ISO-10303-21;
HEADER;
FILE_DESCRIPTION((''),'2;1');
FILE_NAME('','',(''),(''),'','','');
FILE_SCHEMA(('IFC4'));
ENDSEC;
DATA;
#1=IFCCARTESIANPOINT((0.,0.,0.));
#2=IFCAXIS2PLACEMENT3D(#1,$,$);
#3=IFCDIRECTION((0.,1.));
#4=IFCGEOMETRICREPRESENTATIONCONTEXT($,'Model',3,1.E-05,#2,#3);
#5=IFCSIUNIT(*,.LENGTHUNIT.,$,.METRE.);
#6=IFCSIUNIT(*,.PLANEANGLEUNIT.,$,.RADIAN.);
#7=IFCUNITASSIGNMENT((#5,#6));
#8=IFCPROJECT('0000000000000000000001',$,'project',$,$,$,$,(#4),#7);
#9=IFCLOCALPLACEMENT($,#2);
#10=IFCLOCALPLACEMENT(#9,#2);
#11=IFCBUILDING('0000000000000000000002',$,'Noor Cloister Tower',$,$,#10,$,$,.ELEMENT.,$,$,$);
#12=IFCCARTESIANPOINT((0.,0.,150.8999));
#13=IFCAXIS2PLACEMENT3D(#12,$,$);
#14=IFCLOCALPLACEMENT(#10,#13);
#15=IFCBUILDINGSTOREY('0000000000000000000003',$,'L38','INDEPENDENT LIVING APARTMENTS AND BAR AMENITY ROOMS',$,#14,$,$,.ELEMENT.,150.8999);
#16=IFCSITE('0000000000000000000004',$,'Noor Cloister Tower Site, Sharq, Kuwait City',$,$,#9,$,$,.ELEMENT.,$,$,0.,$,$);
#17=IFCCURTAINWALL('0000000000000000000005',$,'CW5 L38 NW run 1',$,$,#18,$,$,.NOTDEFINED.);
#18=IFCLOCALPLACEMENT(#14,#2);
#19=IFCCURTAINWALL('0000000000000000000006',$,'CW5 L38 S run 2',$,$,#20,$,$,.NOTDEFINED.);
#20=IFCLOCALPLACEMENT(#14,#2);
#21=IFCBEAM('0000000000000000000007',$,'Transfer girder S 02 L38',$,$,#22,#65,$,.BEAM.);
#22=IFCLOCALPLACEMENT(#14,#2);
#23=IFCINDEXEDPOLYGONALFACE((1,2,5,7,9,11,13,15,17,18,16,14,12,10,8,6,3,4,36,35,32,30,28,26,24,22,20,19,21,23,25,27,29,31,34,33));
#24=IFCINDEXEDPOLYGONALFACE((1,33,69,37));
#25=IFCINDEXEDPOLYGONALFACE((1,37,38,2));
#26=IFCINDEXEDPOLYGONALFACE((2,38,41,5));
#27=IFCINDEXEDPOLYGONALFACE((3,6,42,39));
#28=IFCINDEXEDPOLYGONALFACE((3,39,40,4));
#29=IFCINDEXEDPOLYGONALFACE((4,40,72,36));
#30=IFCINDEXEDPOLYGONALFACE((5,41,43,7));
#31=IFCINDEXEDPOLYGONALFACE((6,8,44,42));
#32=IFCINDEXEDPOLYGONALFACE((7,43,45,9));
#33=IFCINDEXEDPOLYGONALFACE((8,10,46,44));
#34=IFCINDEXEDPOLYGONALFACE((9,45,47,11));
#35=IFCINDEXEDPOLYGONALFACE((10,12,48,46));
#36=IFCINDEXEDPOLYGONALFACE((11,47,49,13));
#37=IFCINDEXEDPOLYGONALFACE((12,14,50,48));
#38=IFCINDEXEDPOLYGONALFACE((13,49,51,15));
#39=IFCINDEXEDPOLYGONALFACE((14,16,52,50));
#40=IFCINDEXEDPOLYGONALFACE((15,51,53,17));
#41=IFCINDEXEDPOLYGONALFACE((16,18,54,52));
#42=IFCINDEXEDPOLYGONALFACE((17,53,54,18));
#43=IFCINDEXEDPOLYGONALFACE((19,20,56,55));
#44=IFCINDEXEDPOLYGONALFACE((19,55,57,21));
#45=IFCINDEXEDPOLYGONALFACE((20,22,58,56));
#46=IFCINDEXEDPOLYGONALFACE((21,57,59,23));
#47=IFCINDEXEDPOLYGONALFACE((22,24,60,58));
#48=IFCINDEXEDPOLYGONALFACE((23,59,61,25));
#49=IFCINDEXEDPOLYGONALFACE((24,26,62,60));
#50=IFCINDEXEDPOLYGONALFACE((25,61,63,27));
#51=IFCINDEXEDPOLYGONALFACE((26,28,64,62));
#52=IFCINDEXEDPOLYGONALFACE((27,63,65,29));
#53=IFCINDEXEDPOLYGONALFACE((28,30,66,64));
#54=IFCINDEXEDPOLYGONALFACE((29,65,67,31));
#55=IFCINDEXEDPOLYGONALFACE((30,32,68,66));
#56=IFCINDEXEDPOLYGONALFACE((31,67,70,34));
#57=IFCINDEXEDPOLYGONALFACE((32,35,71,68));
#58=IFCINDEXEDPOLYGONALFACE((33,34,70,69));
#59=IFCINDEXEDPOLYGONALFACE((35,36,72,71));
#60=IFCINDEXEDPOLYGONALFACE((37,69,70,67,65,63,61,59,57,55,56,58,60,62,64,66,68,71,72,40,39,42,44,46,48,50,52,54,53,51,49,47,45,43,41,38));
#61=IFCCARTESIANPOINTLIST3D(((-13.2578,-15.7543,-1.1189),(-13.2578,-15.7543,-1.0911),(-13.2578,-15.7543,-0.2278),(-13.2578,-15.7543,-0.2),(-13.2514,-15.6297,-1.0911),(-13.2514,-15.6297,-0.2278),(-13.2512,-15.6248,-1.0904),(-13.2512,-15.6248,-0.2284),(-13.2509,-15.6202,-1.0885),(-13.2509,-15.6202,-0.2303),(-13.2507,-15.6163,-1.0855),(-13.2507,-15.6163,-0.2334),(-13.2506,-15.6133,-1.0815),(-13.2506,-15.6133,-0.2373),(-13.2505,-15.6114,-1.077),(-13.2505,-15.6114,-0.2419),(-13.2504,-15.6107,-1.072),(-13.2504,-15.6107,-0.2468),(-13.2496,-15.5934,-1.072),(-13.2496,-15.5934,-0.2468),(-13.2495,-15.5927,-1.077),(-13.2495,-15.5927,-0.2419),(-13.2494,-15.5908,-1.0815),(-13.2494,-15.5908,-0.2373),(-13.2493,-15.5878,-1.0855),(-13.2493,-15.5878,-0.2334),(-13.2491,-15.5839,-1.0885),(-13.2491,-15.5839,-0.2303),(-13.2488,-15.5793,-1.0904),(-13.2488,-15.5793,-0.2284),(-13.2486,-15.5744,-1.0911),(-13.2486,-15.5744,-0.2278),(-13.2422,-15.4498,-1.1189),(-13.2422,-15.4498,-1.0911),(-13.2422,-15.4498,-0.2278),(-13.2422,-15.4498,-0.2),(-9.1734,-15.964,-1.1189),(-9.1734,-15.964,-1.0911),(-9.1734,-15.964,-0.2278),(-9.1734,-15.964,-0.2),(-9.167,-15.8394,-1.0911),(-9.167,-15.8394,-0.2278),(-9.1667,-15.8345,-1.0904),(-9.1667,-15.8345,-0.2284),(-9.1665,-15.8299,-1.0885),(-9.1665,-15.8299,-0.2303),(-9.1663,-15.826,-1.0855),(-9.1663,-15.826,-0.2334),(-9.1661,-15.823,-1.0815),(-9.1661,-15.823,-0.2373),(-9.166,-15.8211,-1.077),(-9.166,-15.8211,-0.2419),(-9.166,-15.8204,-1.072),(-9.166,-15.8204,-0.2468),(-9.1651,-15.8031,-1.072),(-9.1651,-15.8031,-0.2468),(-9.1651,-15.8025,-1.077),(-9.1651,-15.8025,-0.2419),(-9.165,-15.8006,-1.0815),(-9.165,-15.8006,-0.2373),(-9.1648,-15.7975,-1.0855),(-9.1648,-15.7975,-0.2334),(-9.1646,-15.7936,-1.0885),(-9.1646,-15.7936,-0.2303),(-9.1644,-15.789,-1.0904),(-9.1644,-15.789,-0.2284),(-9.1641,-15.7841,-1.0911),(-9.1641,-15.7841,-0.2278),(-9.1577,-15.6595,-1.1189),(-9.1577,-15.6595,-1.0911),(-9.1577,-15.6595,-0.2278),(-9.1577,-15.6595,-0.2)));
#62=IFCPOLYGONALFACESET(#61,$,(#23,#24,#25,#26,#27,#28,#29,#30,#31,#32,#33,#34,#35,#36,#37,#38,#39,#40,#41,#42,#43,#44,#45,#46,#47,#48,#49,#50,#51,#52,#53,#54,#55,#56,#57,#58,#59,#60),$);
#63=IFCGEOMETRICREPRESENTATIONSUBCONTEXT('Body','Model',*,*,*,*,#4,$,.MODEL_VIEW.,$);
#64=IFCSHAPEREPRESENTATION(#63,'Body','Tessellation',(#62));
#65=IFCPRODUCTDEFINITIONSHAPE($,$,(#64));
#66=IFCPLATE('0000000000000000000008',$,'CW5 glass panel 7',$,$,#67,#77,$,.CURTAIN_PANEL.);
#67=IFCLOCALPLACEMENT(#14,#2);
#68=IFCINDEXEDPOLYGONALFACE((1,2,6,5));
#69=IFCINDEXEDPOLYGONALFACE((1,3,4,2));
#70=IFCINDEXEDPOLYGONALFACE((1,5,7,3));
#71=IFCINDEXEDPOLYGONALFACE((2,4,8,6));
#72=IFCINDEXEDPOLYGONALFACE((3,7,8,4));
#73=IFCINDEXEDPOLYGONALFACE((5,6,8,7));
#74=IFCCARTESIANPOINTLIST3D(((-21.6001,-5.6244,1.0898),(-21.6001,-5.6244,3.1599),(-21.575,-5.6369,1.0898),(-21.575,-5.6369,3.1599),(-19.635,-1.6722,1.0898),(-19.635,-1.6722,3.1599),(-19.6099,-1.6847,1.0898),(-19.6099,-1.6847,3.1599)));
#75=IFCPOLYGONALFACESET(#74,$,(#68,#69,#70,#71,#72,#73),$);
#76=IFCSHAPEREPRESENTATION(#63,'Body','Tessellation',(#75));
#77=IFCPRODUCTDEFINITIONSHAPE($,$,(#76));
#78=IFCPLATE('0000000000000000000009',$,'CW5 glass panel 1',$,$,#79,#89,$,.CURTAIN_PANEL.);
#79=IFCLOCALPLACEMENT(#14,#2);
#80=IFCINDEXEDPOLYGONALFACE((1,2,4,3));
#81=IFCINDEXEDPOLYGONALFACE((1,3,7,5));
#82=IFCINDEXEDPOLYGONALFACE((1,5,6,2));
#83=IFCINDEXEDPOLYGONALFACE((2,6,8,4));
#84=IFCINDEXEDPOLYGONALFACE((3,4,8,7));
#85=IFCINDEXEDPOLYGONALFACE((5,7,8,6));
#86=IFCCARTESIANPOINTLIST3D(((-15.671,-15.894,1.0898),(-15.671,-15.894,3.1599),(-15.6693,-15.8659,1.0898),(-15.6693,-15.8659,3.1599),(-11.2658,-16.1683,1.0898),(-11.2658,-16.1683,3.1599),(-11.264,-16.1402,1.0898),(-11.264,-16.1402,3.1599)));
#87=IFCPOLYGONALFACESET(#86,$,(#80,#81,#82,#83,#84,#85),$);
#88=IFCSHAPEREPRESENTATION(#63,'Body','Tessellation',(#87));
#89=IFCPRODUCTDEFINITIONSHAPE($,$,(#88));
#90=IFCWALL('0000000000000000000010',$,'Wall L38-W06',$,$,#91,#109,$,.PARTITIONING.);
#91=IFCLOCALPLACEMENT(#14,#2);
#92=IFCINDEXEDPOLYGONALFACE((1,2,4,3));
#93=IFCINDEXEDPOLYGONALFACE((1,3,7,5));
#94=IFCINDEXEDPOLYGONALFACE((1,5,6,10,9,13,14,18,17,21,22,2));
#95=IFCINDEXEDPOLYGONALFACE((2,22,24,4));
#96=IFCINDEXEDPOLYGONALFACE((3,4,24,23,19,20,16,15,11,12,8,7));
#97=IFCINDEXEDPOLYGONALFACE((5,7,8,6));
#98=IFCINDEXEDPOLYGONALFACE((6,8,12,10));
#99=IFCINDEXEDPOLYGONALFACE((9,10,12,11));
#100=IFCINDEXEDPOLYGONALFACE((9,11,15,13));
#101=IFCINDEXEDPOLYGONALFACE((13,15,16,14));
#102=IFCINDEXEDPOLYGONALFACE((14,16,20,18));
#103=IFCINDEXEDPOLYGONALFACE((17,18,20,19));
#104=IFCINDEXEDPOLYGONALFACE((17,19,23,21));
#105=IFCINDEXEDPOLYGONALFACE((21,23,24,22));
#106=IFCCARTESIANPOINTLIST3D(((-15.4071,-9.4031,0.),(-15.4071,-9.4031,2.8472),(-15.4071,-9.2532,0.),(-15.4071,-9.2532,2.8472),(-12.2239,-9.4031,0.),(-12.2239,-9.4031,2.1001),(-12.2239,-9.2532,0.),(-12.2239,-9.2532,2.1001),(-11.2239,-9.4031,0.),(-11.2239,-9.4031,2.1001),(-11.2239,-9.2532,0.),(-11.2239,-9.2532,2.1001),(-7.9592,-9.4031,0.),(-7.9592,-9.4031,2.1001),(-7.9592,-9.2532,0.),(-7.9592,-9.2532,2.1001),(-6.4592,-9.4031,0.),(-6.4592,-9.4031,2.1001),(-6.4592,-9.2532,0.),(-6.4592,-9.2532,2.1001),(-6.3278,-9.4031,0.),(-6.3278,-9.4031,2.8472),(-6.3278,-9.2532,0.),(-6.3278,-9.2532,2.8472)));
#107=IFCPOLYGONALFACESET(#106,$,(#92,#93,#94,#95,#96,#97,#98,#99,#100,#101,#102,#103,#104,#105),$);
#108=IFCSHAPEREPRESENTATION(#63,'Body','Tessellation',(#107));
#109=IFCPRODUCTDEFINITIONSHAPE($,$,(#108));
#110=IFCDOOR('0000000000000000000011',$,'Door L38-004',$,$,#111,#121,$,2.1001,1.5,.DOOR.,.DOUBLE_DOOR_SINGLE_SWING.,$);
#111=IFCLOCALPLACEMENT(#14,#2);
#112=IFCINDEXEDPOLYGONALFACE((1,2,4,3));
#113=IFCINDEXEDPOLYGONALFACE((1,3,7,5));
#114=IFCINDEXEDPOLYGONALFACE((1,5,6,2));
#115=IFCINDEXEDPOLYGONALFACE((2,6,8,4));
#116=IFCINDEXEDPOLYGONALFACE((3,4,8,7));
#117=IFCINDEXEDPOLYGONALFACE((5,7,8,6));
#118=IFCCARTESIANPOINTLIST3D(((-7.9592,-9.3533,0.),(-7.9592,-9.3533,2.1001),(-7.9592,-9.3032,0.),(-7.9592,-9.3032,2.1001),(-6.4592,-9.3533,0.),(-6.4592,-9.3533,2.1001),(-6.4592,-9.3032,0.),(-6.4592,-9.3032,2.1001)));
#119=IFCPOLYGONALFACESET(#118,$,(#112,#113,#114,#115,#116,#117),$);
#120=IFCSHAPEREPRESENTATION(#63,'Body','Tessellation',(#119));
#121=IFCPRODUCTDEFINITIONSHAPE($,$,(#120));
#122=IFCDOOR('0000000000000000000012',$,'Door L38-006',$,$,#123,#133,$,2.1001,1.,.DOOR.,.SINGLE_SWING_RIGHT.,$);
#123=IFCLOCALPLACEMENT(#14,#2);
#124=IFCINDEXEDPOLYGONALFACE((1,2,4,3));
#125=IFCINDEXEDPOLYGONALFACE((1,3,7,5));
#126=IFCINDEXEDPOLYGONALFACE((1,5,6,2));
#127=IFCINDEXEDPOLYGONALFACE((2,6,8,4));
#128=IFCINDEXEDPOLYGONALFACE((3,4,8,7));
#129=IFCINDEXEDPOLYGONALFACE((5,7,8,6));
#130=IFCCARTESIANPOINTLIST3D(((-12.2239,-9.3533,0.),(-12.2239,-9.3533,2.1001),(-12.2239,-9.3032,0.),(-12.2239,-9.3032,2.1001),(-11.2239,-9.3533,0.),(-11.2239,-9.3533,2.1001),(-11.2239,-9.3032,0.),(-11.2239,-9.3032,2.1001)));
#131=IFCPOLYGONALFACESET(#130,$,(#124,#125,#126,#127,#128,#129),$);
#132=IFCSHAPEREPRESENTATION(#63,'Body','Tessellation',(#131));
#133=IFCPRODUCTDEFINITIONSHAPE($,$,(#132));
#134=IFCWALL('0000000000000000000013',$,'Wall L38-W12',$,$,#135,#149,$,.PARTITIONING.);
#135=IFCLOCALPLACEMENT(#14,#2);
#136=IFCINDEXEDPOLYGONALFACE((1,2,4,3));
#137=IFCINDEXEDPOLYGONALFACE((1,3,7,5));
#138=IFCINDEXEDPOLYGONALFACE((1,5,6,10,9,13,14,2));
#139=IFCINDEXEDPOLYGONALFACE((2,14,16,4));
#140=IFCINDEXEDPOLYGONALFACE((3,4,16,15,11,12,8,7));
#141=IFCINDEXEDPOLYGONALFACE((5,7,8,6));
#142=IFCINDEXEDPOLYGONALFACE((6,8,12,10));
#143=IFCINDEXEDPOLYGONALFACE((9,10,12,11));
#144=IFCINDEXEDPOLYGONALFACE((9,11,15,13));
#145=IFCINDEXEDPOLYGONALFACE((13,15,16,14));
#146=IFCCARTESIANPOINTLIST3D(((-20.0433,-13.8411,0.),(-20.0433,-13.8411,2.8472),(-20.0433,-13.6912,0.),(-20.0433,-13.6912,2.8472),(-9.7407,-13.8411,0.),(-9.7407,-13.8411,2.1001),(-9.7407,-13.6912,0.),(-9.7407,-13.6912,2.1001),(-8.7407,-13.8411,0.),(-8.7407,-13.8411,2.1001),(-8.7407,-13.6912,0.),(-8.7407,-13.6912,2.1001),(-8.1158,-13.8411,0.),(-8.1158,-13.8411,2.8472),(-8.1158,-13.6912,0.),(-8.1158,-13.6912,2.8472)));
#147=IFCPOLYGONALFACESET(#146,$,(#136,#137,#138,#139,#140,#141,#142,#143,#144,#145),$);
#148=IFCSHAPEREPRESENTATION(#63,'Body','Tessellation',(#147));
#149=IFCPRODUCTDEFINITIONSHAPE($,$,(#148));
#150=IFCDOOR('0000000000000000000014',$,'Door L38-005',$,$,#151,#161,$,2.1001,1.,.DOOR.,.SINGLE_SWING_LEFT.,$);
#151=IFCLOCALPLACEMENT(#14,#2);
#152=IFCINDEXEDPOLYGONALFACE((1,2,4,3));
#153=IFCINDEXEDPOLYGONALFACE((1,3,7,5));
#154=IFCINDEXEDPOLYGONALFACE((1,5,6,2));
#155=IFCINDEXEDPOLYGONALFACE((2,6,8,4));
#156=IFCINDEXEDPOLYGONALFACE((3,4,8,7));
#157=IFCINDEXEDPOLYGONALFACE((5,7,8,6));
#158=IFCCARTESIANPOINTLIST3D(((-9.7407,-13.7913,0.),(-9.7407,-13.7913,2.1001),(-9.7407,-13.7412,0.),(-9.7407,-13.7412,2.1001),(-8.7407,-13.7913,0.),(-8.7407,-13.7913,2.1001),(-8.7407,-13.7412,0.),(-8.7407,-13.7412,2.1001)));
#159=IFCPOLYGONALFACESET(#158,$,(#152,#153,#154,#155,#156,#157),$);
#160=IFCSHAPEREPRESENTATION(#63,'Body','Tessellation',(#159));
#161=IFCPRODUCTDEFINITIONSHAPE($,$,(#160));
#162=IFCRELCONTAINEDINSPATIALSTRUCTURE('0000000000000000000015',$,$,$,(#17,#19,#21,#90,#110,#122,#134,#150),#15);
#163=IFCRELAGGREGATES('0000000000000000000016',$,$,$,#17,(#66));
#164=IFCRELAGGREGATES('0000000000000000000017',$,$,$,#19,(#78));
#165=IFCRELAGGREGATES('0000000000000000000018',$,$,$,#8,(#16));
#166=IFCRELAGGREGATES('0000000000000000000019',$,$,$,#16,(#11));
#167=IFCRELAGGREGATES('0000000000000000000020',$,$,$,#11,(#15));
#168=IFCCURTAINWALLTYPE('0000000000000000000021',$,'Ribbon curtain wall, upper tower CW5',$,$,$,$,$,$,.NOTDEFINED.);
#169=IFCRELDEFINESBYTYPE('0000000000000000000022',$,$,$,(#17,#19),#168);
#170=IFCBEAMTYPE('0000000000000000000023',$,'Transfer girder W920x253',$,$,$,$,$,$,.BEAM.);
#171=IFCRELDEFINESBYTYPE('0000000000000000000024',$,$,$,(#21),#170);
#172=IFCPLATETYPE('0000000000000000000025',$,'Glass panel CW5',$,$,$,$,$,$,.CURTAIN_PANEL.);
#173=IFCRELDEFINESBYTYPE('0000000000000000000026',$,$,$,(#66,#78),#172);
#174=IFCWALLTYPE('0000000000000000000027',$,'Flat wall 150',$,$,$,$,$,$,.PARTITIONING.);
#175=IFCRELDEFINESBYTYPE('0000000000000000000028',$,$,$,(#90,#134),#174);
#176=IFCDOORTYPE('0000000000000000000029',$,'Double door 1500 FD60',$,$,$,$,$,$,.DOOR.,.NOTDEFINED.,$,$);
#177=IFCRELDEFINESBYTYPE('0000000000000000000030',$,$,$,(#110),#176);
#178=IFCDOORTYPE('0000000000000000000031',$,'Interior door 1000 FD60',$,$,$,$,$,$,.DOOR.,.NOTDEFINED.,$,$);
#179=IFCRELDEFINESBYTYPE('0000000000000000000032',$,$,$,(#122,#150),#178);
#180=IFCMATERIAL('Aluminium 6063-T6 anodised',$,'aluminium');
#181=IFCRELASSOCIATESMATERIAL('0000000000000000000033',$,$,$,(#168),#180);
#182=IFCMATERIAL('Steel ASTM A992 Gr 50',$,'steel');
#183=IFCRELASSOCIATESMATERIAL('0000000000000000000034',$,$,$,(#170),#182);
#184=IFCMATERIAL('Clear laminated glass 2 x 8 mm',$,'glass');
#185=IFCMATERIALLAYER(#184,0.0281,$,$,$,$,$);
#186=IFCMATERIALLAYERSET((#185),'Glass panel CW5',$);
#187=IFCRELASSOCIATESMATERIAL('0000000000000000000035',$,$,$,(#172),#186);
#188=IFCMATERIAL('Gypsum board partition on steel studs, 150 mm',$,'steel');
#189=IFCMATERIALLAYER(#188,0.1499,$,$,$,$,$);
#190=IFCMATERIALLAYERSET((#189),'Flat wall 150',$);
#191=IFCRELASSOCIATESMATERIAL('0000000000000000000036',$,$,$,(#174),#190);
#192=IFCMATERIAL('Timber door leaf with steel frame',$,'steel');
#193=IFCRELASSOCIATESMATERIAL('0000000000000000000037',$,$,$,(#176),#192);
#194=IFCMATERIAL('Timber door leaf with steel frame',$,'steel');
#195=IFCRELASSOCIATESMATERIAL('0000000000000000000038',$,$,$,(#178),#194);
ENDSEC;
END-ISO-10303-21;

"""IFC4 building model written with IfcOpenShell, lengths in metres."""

from ifc_helpers import new_model, si_unit, direction, frame, frame_2d, origin, origin_2d, place, context, subcontext, project, spatial, rectangle, i_section, extrude, material, layer, layer_set, material_profile, profile_set, type_object, element, fill, aggregate, save


model = new_model("IFC4")

# Units and contexts
model_context = context("Model", 3, precision=1e-05, world=origin(), true_north=direction((0.0, 1.0)))
body_context = subcontext(model_context, "Body", "Model", "MODEL_VIEW")
ifc_project = project(units=[si_unit("LENGTHUNIT", "METRE"), si_unit("PLANEANGLEUNIT", "RADIAN")], contexts=[model_context])

# Site, building, storey
site_placement = place(None, origin())
site = spatial("IfcSite", under=ifc_project, at=site_placement, Name="Noor Cloister Tower Site, Sharq, Kuwait City", CompositionType="ELEMENT", RefElevation=0.0)
building_placement = place(site_placement, origin())
building = spatial("IfcBuilding", under=site, at=building_placement, Name="Noor Cloister Tower", CompositionType="ELEMENT")
storey_placement = place(building_placement, frame((0.0, 0.0, 150.8999)))
storey = spatial("IfcBuildingStorey", under=building, at=storey_placement, Name="L38", Description="INDEPENDENT LIVING APARTMENTS AND BAR AMENITY ROOMS", CompositionType="ELEMENT", Elevation=150.8999)

# Curtain walls
ifc_material_1 = material(Name="Aluminium 6063-T6 anodised", Category="aluminium")
curtain_wall_type = type_object("IfcCurtainWallType", Name="Ribbon curtain wall, upper tower CW5", PredefinedType="NOTDEFINED", material=ifc_material_1)
curtain_wall_1_placement = place(storey_placement, origin())
curtain_wall_1 = element("IfcCurtainWall", 1, at=curtain_wall_1_placement, inside=storey, type_object=curtain_wall_type, Name="CW5 L38 NW run 1", PredefinedType="NOTDEFINED")
curtain_wall_2_placement = place(storey_placement, origin())
curtain_wall_2 = element("IfcCurtainWall", 2, at=curtain_wall_2_placement, inside=storey, type_object=curtain_wall_type, Name="CW5 L38 S run 2", PredefinedType="NOTDEFINED")

# Beam
ifc_material_2 = material(Name="Steel ASTM A992 Gr 50", Category="steel")
ifc_material_profile_1 = material_profile(ifc_material_2, i_section(OverallWidth=0.3049, OverallDepth=0.9189, WebThickness=0.0173, FlangeThickness=0.0278, FilletRadius=0.019, at=origin_2d()), Name="W920x253")
ifc_profile_set_1 = profile_set([ifc_material_profile_1], Name="Steel ASTM A992 Gr 50")
beam_type_1 = type_object("IfcBeamType", Name="Transfer girder W920x253", PredefinedType="BEAM", material=ifc_profile_set_1)
beam_1_placement = place(storey_placement, frame((-13.25, -15.6021, -0.6594), z_axis=(0.998684, -0.051277, 0.0), x_axis=(0.051277, 0.998684, 0.0)))
element("IfcBeam", 3, at=beam_1_placement, inside=storey, type_object=beam_type_1, Name="Transfer girder S 02 L38", PredefinedType="BEAM", context=body_context, shape_type="SweptSolid", body=[
    extrude(i_section(OverallWidth=0.3049, OverallDepth=0.9189, WebThickness=0.0173, FlangeThickness=0.0278, FilletRadius=0.019, at=origin_2d()), origin(), (0.0, 0.0, 1.0), 4.0898),
])

# Plates
ifc_material_3 = material(Name="Clear laminated glass 2 x 8 mm", Category="glass")
ifc_layer_1 = layer(ifc_material_3, 0.0281)
ifc_layer_set_1 = layer_set([ifc_layer_1], Name="Glass panel CW5")
plate_type = type_object("IfcPlateType", Name="Glass panel CW5", PredefinedType="CURTAIN_PANEL", material=ifc_layer_set_1)
plate_1_placement = place(storey_placement, frame((-20.605, -3.6545, 1.0898), z_axis=(0.0, 0.0, 1.0), x_axis=(-0.445213, -0.895424, 0.0)))
plate_1 = element("IfcPlate", 4, at=plate_1_placement, type_object=plate_type, Name="CW5 glass panel 7", PredefinedType="CURTAIN_PANEL", context=body_context, shape_type="SweptSolid", body=[
    extrude(rectangle(XDim=4.4138, YDim=0.0281, at=origin_2d()), origin(), (0.0, 0.0, 1.0), 2.0701),
])
aggregate(curtain_wall_1, [plate_1])
plate_2_placement = place(storey_placement, frame((-13.4675, -16.0171, 1.0898), z_axis=(0.0, 0.0, 1.0), x_axis=(0.998067, -0.062146, 0.0)))
plate_2 = element("IfcPlate", 5, at=plate_2_placement, type_object=plate_type, Name="CW5 glass panel 1", PredefinedType="CURTAIN_PANEL", context=body_context, shape_type="SweptSolid", body=[
    extrude(rectangle(XDim=4.4138, YDim=0.0281, at=origin_2d()), origin(), (0.0, 0.0, 1.0), 2.0701),
])
aggregate(curtain_wall_2, [plate_2])

# Wall, openings, doors
ifc_material_4 = material(Name="Gypsum board partition on steel studs, 150 mm", Category="steel")
ifc_layer_2 = layer(ifc_material_4, 0.1499)
ifc_layer_set_2 = layer_set([ifc_layer_2], Name="Flat wall 150")
wall_type_1 = type_object("IfcWallType", Name="Flat wall 150", PredefinedType="PARTITIONING", material=ifc_layer_set_2)
wall_1_placement = place(storey_placement, frame((-15.407, -9.3281, 0.0), z_axis=(0.0, 0.0, 1.0), x_axis=(1.0, 0.0, 0.0)))
wall_1 = element("IfcWall", 6, at=wall_1_placement, inside=storey, type_object=wall_type_1, Name="Wall L38-W06", PredefinedType="PARTITIONING", context=body_context, shape_type="SweptSolid", body=[
    extrude(rectangle(XDim=9.0793, YDim=0.1499, at=frame_2d((4.5396, 0.0))), origin(), (0.0, 0.0, 1.0), 2.8472),
])
opening_1_placement = place(wall_1_placement, frame((7.4478, 0.0, 0.0)))
opening_1 = element("IfcOpeningElement", 7, at=opening_1_placement, cuts=wall_1, PredefinedType="OPENING", context=body_context, shape_type="SweptSolid", body=[
    extrude(rectangle(XDim=1.5, YDim=2.1001, at=frame_2d((0.75, 1.05))), frame((0.0, 0.085, 0.0), z_axis=(0.0, -1.0, 0.0), x_axis=(1.0, 0.0, 0.0)), (0.0, 0.0, 1.0), 0.1699),
])
opening_2_placement = place(wall_1_placement, frame((3.1831, 0.0, 0.0)))
opening_2 = element("IfcOpeningElement", 8, at=opening_2_placement, cuts=wall_1, PredefinedType="OPENING", context=body_context, shape_type="SweptSolid", body=[
    extrude(rectangle(XDim=1.0, YDim=2.1001, at=frame_2d((0.5, 1.05))), frame((0.0, 0.085, 0.0), z_axis=(0.0, -1.0, 0.0), x_axis=(1.0, 0.0, 0.0)), (0.0, 0.0, 1.0), 0.1699),
])
ifc_material_5 = material(Name="Timber door leaf with steel frame", Category="steel")
door_type_1 = type_object("IfcDoorType", Name="Double door 1500 FD60", OperationType="NOTDEFINED", PredefinedType="DOOR", material=ifc_material_5)
door_1_placement = place(opening_1_placement, origin())
door_1 = element("IfcDoor", 9, at=door_1_placement, inside=storey, type_object=door_type_1, Name="Door L38-004", OperationType="DOUBLE_DOOR_SINGLE_SWING", OverallHeight=2.1001, OverallWidth=1.5, PredefinedType="DOOR", context=body_context, shape_type="SweptSolid", body=[
    extrude(rectangle(XDim=1.5, YDim=2.1001, at=frame_2d((0.75, 1.05))), frame((0.0, 0.0249, 0.0), z_axis=(0.0, -1.0, 0.0), x_axis=(1.0, 0.0, 0.0)), (0.0, 0.0, 1.0), 0.05),
])
fill(opening_1, door_1)
ifc_material_6 = material(Name="Timber door leaf with steel frame", Category="steel")
door_type_2 = type_object("IfcDoorType", Name="Interior door 1000 FD60", OperationType="NOTDEFINED", PredefinedType="DOOR", material=ifc_material_6)
door_2_placement = place(opening_2_placement, origin())
door_2 = element("IfcDoor", 10, at=door_2_placement, inside=storey, type_object=door_type_2, Name="Door L38-006", OperationType="SINGLE_SWING_RIGHT", OverallHeight=2.1001, OverallWidth=1.0, PredefinedType="DOOR", context=body_context, shape_type="SweptSolid", body=[
    extrude(rectangle(XDim=1.0, YDim=2.1001, at=frame_2d((0.5, 1.05))), frame((0.0, 0.0249, 0.0), z_axis=(0.0, -1.0, 0.0), x_axis=(1.0, 0.0, 0.0)), (0.0, 0.0, 1.0), 0.05),
])
fill(opening_2, door_2)

# Wall, opening, door
wall_2_placement = place(storey_placement, frame((-20.0435, -13.7661, 0.0), z_axis=(0.0, 0.0, 1.0), x_axis=(1.0, 0.0, 0.0)))
wall_2 = element("IfcWall", 11, at=wall_2_placement, inside=storey, type_object=wall_type_1, Name="Wall L38-W12", PredefinedType="PARTITIONING", context=body_context, shape_type="SweptSolid", body=[
    extrude(rectangle(XDim=11.9275, YDim=0.1499, at=frame_2d((5.9639, 0.0))), origin(), (0.0, 0.0, 1.0), 2.8472),
])
opening_3_placement = place(wall_2_placement, frame((10.3027, 0.0, 0.0)))
opening_3 = element("IfcOpeningElement", 12, at=opening_3_placement, cuts=wall_2, PredefinedType="OPENING", context=body_context, shape_type="SweptSolid", body=[
    extrude(rectangle(XDim=1.0, YDim=2.1001, at=frame_2d((0.5, 1.05))), frame((0.0, 0.085, 0.0), z_axis=(0.0, -1.0, 0.0), x_axis=(1.0, 0.0, 0.0)), (0.0, 0.0, 1.0), 0.1699),
])
door_3_placement = place(opening_3_placement, origin())
door_3 = element("IfcDoor", 13, at=door_3_placement, inside=storey, type_object=door_type_2, Name="Door L38-005", OperationType="SINGLE_SWING_LEFT", OverallHeight=2.1001, OverallWidth=1.0, PredefinedType="DOOR", context=body_context, shape_type="SweptSolid", body=[
    extrude(rectangle(XDim=1.0, YDim=2.1001, at=frame_2d((0.5, 1.05))), frame((0.0, 0.0249, 0.0), z_axis=(0.0, -1.0, 0.0), x_axis=(1.0, 0.0, 0.0)), (0.0, 0.0, 1.0), 0.05),
])
fill(opening_3, door_3)

save(model, "model.ifc")
